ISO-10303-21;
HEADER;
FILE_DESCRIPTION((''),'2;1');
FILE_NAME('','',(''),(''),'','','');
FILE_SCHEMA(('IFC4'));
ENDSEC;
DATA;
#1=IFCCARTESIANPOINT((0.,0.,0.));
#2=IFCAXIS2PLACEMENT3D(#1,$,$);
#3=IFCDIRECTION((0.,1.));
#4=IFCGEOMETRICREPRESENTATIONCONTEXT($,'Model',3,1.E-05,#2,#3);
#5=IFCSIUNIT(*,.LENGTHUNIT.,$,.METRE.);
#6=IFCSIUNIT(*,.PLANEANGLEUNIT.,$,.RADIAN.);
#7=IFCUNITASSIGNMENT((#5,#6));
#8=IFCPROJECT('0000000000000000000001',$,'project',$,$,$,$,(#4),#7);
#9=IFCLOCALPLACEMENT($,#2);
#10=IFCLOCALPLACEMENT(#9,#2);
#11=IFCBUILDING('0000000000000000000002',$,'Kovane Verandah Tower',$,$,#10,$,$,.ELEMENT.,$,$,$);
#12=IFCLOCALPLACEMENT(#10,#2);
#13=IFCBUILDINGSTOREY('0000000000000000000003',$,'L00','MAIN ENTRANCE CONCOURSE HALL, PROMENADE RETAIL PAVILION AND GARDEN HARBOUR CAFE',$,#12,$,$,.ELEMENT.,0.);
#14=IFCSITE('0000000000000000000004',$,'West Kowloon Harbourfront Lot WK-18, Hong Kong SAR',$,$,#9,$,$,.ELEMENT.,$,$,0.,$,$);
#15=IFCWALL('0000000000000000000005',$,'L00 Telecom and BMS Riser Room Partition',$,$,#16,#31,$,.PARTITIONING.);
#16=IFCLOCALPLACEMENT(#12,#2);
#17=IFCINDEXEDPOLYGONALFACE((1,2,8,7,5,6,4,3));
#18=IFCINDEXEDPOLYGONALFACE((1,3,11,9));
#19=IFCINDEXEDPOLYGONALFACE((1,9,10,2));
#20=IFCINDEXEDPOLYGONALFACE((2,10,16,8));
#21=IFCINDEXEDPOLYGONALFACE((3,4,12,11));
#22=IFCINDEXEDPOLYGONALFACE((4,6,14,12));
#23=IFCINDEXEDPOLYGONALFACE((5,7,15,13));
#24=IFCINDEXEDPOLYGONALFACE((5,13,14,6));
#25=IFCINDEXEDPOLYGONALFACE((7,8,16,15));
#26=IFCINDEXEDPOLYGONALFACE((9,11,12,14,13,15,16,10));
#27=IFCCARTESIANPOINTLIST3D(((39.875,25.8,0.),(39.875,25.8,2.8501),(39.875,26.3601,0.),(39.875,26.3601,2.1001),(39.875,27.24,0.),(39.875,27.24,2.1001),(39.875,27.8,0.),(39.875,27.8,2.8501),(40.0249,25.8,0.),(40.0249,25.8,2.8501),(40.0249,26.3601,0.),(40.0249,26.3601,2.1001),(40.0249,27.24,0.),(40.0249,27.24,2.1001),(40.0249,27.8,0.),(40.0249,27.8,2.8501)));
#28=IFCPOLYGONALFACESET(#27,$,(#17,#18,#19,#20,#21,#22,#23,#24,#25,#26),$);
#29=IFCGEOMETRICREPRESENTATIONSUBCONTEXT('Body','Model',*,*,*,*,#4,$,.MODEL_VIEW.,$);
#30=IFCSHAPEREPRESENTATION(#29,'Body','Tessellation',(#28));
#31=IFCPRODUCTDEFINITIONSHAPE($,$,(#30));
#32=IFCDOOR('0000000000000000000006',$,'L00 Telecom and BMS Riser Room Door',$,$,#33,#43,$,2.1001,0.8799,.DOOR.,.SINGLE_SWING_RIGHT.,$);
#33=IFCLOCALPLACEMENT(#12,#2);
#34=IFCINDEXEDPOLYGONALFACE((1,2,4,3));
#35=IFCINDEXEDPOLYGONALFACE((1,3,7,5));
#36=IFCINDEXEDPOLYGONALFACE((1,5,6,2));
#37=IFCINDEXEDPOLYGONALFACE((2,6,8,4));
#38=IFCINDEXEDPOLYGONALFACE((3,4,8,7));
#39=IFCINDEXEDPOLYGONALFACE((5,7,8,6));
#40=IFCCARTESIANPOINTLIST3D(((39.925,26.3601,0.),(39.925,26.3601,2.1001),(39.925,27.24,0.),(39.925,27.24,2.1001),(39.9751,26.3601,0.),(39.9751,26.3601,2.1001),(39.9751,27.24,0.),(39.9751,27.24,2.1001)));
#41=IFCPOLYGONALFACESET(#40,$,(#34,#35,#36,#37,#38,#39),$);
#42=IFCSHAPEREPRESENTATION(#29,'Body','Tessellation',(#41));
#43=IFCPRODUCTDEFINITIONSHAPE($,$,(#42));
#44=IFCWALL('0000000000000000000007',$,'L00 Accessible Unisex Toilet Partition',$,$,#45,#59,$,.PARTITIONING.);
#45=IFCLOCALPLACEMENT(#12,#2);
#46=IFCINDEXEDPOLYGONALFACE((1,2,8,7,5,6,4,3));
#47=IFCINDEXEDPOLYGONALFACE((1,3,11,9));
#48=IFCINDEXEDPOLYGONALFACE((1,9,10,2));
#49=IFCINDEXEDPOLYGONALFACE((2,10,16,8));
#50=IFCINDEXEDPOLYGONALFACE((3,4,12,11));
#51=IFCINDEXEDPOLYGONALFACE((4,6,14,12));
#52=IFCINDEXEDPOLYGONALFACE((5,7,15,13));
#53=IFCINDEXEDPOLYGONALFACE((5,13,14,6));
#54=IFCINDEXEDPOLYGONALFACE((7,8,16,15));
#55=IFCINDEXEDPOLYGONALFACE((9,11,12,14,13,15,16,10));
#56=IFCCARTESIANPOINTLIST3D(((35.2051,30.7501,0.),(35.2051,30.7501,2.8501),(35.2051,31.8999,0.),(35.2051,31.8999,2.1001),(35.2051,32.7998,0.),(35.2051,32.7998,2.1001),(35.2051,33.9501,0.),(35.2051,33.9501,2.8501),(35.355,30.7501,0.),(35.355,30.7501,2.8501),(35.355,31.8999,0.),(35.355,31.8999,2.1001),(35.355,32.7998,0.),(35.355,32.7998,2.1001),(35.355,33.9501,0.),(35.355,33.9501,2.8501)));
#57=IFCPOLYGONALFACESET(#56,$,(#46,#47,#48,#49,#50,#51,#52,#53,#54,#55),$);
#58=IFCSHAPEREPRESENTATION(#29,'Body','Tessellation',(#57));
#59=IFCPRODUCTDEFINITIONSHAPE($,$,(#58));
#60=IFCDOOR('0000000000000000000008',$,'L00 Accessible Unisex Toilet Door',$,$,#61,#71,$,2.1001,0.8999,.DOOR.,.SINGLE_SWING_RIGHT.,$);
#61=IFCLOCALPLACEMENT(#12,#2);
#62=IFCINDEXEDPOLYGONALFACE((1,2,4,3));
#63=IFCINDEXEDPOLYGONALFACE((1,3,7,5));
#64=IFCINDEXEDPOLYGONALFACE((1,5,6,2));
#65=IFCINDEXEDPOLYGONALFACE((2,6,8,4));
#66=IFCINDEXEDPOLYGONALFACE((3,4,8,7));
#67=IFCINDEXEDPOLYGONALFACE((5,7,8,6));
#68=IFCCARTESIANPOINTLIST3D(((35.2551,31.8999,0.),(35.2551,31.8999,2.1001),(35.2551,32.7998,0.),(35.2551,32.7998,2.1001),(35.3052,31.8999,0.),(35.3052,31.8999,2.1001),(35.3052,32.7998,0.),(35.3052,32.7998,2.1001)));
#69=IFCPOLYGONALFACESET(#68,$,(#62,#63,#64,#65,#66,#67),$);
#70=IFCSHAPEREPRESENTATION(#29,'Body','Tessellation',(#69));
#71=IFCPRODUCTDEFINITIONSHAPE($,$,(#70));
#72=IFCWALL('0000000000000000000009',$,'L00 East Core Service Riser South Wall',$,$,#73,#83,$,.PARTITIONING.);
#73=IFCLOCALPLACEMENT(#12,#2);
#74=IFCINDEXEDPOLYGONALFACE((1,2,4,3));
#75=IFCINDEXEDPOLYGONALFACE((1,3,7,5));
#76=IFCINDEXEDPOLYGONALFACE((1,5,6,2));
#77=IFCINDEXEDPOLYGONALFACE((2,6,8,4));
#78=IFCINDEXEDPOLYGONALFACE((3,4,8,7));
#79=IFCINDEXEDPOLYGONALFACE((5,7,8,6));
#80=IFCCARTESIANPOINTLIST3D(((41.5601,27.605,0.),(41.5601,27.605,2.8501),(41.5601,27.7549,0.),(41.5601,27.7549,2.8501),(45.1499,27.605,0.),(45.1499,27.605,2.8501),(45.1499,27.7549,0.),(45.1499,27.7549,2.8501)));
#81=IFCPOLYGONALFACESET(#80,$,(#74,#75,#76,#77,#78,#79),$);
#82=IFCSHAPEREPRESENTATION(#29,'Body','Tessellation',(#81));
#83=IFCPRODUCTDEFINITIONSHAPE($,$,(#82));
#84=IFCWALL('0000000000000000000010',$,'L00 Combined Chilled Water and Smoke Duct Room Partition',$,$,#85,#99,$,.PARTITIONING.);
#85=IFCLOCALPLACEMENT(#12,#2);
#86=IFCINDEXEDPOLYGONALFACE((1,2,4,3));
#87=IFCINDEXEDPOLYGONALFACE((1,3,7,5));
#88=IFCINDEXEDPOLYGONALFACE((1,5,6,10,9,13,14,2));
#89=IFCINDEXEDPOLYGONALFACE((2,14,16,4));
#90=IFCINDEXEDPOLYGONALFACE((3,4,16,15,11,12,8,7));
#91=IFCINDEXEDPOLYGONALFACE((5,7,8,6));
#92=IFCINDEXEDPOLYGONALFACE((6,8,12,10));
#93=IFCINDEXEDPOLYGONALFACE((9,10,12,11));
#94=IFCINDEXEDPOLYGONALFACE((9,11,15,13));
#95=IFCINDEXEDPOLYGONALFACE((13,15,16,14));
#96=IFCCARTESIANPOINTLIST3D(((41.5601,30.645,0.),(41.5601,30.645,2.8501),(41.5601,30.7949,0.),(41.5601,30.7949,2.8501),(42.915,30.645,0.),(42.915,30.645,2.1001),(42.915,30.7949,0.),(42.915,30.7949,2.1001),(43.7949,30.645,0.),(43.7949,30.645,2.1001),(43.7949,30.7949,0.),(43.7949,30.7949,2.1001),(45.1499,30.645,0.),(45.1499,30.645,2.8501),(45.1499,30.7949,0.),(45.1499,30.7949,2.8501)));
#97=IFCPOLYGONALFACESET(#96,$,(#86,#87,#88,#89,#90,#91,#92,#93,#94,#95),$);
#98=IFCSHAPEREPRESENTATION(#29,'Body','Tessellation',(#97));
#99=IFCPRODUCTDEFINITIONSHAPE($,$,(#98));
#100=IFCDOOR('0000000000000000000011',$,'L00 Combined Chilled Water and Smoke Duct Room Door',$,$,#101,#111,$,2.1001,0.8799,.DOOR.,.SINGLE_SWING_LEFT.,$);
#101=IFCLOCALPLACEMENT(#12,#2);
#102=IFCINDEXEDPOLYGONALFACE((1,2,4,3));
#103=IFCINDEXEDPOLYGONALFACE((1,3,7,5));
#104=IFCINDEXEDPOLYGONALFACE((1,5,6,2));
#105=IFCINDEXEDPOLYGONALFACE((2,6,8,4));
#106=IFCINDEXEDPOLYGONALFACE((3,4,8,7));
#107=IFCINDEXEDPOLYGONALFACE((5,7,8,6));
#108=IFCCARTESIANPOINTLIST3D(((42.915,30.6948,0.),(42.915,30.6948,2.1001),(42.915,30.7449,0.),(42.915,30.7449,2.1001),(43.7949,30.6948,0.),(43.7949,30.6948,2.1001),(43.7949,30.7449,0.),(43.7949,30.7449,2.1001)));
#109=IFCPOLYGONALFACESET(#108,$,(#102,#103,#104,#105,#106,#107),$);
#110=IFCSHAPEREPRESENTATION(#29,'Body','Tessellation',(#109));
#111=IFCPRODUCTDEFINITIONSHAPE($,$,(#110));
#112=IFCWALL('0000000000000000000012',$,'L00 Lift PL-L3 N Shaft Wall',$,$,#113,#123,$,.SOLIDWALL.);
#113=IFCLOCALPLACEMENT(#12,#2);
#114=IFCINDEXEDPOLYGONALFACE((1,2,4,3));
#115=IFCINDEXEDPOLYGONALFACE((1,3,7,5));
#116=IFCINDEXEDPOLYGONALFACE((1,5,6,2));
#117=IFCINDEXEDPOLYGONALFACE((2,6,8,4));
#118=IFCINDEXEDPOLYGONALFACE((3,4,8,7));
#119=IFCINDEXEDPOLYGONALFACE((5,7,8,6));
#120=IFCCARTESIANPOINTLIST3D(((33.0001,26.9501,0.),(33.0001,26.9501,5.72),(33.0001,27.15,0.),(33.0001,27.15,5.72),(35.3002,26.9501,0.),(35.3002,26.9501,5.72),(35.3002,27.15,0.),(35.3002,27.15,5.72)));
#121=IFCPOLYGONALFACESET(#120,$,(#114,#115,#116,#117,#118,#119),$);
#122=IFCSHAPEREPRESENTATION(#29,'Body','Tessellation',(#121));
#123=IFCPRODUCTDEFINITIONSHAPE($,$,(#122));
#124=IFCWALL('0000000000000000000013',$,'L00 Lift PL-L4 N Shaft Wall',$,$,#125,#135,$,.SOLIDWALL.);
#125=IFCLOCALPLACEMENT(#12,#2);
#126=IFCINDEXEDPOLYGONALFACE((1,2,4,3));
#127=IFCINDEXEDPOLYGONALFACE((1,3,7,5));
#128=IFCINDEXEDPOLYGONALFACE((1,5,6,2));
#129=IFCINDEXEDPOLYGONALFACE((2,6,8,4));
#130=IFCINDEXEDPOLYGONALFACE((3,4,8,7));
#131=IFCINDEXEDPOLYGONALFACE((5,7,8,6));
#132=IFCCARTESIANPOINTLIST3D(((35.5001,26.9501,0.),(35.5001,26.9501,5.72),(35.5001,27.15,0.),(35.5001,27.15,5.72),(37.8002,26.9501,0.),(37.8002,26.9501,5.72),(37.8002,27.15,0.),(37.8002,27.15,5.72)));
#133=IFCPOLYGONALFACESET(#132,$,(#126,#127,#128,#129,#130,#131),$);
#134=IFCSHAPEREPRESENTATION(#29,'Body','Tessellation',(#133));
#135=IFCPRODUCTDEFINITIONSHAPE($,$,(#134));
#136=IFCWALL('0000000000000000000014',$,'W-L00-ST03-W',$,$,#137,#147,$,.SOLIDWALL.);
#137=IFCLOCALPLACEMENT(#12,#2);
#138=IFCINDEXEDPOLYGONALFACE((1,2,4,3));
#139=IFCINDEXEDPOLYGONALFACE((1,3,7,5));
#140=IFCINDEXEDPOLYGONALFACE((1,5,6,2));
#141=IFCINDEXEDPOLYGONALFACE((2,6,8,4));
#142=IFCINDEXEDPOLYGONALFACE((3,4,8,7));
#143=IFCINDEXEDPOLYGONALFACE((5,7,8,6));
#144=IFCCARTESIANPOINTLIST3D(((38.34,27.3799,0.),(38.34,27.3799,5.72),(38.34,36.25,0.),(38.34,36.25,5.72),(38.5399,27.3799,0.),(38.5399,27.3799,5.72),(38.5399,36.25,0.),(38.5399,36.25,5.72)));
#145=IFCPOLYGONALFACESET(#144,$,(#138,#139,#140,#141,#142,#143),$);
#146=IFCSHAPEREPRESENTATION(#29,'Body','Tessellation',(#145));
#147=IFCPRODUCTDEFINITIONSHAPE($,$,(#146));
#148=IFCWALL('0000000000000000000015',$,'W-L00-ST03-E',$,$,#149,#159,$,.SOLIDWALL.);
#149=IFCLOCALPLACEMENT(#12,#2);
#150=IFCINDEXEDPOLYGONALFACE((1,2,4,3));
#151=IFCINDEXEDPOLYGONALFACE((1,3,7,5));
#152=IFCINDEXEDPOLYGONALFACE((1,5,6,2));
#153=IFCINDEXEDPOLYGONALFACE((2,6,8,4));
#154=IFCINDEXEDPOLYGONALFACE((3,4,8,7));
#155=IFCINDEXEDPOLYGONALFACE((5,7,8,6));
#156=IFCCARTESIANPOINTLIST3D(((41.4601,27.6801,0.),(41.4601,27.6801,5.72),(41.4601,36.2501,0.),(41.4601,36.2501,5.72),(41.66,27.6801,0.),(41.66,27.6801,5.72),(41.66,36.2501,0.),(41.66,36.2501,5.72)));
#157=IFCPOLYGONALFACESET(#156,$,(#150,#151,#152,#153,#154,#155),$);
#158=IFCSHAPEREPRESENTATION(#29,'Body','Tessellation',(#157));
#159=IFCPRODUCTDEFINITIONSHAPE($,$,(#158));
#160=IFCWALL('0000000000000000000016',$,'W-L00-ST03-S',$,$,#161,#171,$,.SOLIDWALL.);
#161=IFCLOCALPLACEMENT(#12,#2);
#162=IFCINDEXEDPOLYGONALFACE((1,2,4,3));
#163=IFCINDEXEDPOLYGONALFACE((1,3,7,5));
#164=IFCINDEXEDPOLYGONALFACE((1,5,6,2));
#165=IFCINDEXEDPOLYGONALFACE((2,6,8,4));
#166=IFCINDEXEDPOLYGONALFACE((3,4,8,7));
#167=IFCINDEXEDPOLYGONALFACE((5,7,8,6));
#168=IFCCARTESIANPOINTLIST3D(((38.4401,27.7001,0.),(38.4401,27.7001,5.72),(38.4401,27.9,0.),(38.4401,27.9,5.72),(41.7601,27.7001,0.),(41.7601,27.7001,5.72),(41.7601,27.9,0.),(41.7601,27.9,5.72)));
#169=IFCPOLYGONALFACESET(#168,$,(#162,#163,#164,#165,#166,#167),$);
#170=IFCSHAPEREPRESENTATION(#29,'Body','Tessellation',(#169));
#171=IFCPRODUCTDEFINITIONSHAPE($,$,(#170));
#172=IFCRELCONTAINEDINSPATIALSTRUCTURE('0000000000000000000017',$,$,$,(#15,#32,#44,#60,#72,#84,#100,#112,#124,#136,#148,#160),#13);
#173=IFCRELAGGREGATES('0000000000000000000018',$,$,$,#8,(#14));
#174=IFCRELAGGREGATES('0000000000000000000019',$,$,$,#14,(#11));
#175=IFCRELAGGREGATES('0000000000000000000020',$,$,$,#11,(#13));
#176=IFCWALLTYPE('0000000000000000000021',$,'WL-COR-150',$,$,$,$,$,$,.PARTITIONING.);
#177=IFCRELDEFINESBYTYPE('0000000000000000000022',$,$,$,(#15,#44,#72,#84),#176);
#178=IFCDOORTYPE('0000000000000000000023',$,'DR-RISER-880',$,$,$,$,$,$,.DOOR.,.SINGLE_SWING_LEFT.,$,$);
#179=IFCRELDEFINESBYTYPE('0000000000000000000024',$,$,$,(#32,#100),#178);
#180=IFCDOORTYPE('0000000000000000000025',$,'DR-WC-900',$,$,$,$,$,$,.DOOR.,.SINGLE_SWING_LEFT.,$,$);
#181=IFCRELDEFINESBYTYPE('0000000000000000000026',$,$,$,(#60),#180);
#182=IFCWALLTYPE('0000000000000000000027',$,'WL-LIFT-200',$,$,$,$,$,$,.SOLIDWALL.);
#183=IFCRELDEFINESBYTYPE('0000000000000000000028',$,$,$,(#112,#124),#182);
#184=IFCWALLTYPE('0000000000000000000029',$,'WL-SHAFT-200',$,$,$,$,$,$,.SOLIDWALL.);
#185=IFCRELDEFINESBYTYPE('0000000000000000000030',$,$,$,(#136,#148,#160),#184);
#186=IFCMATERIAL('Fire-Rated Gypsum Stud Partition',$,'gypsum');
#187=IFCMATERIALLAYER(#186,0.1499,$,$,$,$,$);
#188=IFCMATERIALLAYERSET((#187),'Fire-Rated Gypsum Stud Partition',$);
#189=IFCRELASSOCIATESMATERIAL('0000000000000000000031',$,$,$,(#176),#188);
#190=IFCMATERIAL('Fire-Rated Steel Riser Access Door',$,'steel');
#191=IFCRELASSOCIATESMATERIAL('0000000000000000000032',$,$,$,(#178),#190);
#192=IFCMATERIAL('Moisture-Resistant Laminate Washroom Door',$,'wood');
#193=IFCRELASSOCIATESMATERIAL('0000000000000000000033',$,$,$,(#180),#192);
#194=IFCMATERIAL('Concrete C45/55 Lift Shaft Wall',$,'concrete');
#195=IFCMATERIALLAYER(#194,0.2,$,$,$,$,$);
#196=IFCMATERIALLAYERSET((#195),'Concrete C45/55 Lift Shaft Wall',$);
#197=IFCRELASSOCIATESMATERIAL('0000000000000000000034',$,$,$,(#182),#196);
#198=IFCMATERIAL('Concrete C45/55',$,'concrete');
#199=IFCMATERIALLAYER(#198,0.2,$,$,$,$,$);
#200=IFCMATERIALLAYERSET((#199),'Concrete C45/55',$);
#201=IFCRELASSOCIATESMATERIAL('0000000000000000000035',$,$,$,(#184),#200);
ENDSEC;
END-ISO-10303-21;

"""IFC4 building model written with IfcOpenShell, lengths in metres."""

from ifc_helpers import new_model, si_unit, direction, frame, frame_2d, origin, place, context, subcontext, project, spatial, rectangle, extrude, material, layer, layer_set, type_object, element, fill, save


model = new_model("IFC4")

# Units and contexts
model_context = context("Model", 3, precision=1e-05, world=origin(), true_north=direction((0.0, 1.0)))
body_context = subcontext(model_context, "Body", "Model", "MODEL_VIEW")
ifc_project = project(units=[si_unit("LENGTHUNIT", "METRE"), si_unit("PLANEANGLEUNIT", "RADIAN")], contexts=[model_context])

# Site, building, storey
site_placement = place(None, origin())
site = spatial("IfcSite", under=ifc_project, at=site_placement, Name="West Kowloon Harbourfront Lot WK-18, Hong Kong SAR", CompositionType="ELEMENT", RefElevation=0.0)
building_placement = place(site_placement, origin())
building = spatial("IfcBuilding", under=site, at=building_placement, Name="Kovane Verandah Tower", CompositionType="ELEMENT")
storey_placement = place(building_placement, origin())
storey = spatial("IfcBuildingStorey", under=building, at=storey_placement, Name="L00", Description="MAIN ENTRANCE CONCOURSE HALL, PROMENADE RETAIL PAVILION AND GARDEN HARBOUR CAFE", CompositionType="ELEMENT", Elevation=0.0)

# Walls, openings, doors
ifc_material_1 = material(Name="Fire-Rated Gypsum Stud Partition", Category="gypsum")
ifc_layer_1 = layer(ifc_material_1, 0.1499)
ifc_layer_set_1 = layer_set([ifc_layer_1], Name="Fire-Rated Gypsum Stud Partition")
wall_type_1 = type_object("IfcWallType", Name="WL-COR-150", PredefinedType="PARTITIONING", material=ifc_layer_set_1)
wall_1_placement = place(storey_placement, frame((39.95, 25.8, 0.0), z_axis=(0.0, 0.0, 1.0), x_axis=(0.0, 1.0, 0.0)))
wall_1 = element("IfcWall", 1, at=wall_1_placement, inside=storey, type_object=wall_type_1, Name="L00 Telecom and BMS Riser Room Partition", PredefinedType="PARTITIONING", context=body_context, shape_type="SweptSolid", body=[
    extrude(rectangle(XDim=2.0, YDim=0.1499, at=frame_2d((1.0, 0.0))), origin(), (0.0, 0.0, 1.0), 2.8501),
])
opening_1_placement = place(wall_1_placement, frame((0.5601, 0.0, 0.0)))
opening_1 = element("IfcOpeningElement", 2, at=opening_1_placement, cuts=wall_1, PredefinedType="OPENING", context=body_context, shape_type="SweptSolid", body=[
    extrude(rectangle(XDim=0.8799, YDim=2.1001, at=frame_2d((0.4399, 1.05))), frame((0.0, 0.075, 0.0), z_axis=(0.0, -1.0, 0.0), x_axis=(1.0, 0.0, 0.0)), (0.0, 0.0, 1.0), 0.1499),
])
ifc_material_2 = material(Name="Fire-Rated Steel Riser Access Door", Category="steel")
door_type_1 = type_object("IfcDoorType", Name="DR-RISER-880", OperationType="SINGLE_SWING_LEFT", PredefinedType="DOOR", material=ifc_material_2)
door_1_placement = place(opening_1_placement, origin())
door_1 = element("IfcDoor", 3, at=door_1_placement, inside=storey, type_object=door_type_1, Name="L00 Telecom and BMS Riser Room Door", OperationType="SINGLE_SWING_RIGHT", OverallHeight=2.1001, OverallWidth=0.8799, PredefinedType="DOOR", context=body_context, shape_type="SweptSolid", body=[
    extrude(rectangle(XDim=0.8799, YDim=2.1001, at=frame_2d((0.4399, 1.05))), frame((0.0, 0.0249, 0.0), z_axis=(0.0, -1.0, 0.0), x_axis=(1.0, 0.0, 0.0)), (0.0, 0.0, 1.0), 0.05),
])
fill(opening_1, door_1)
wall_2_placement = place(storey_placement, frame((35.28, 30.75, 0.0), z_axis=(0.0, 0.0, 1.0), x_axis=(0.0, 1.0, 0.0)))
wall_2 = element("IfcWall", 4, at=wall_2_placement, inside=storey, type_object=wall_type_1, Name="L00 Accessible Unisex Toilet Partition", PredefinedType="PARTITIONING", context=body_context, shape_type="SweptSolid", body=[
    extrude(rectangle(XDim=3.2, YDim=0.1499, at=frame_2d((1.6001, 0.0))), origin(), (0.0, 0.0, 1.0), 2.8501),
])
opening_2_placement = place(wall_2_placement, frame((1.1499, 0.0, 0.0)))
opening_2 = element("IfcOpeningElement", 5, at=opening_2_placement, cuts=wall_2, PredefinedType="OPENING", context=body_context, shape_type="SweptSolid", body=[
    extrude(rectangle(XDim=0.8999, YDim=2.1001, at=frame_2d((0.45, 1.05))), frame((0.0, 0.075, 0.0), z_axis=(0.0, -1.0, 0.0), x_axis=(1.0, 0.0, 0.0)), (0.0, 0.0, 1.0), 0.1499),
])
ifc_material_3 = material(Name="Moisture-Resistant Laminate Washroom Door", Category="wood")
door_type_2 = type_object("IfcDoorType", Name="DR-WC-900", OperationType="SINGLE_SWING_LEFT", PredefinedType="DOOR", material=ifc_material_3)
door_2_placement = place(opening_2_placement, origin())
door_2 = element("IfcDoor", 6, at=door_2_placement, inside=storey, type_object=door_type_2, Name="L00 Accessible Unisex Toilet Door", OperationType="SINGLE_SWING_RIGHT", OverallHeight=2.1001, OverallWidth=0.8999, PredefinedType="DOOR", context=body_context, shape_type="SweptSolid", body=[
    extrude(rectangle(XDim=0.8999, YDim=2.1001, at=frame_2d((0.45, 1.05))), frame((0.0, 0.0249, 0.0), z_axis=(0.0, -1.0, 0.0), x_axis=(1.0, 0.0, 0.0)), (0.0, 0.0, 1.0), 0.05),
])
fill(opening_2, door_2)

# Wall
wall_3_placement = place(storey_placement, frame((41.5601, 27.6799, 0.0), z_axis=(0.0, 0.0, 1.0), x_axis=(1.0, 0.0, 0.0)))
element("IfcWall", 7, at=wall_3_placement, inside=storey, type_object=wall_type_1, Name="L00 East Core Service Riser South Wall", PredefinedType="PARTITIONING", context=body_context, shape_type="SweptSolid", body=[
    extrude(rectangle(XDim=3.5898, YDim=0.1499, at=frame_2d((1.7949, 0.0))), origin(), (0.0, 0.0, 1.0), 2.8501),
])

# Wall, opening, door
wall_4_placement = place(storey_placement, frame((41.5601, 30.72, 0.0), z_axis=(0.0, 0.0, 1.0), x_axis=(1.0, 0.0, 0.0)))
wall_4 = element("IfcWall", 8, at=wall_4_placement, inside=storey, type_object=wall_type_1, Name="L00 Combined Chilled Water and Smoke Duct Room Partition", PredefinedType="PARTITIONING", context=body_context, shape_type="SweptSolid", body=[
    extrude(rectangle(XDim=3.5898, YDim=0.1499, at=frame_2d((1.7949, 0.0))), origin(), (0.0, 0.0, 1.0), 2.8501),
])
opening_3_placement = place(wall_4_placement, frame((1.355, 0.0, 0.0)))
opening_3 = element("IfcOpeningElement", 9, at=opening_3_placement, cuts=wall_4, PredefinedType="OPENING", context=body_context, shape_type="SweptSolid", body=[
    extrude(rectangle(XDim=0.8799, YDim=2.1001, at=frame_2d((0.4399, 1.05))), frame((0.0, 0.075, 0.0), z_axis=(0.0, -1.0, 0.0), x_axis=(1.0, 0.0, 0.0)), (0.0, 0.0, 1.0), 0.1499),
])
door_3_placement = place(opening_3_placement, origin())
door_3 = element("IfcDoor", 10, at=door_3_placement, inside=storey, type_object=door_type_1, Name="L00 Combined Chilled Water and Smoke Duct Room Door", OperationType="SINGLE_SWING_LEFT", OverallHeight=2.1001, OverallWidth=0.8799, PredefinedType="DOOR", context=body_context, shape_type="SweptSolid", body=[
    extrude(rectangle(XDim=0.8799, YDim=2.1001, at=frame_2d((0.4399, 1.05))), frame((0.0, 0.0249, 0.0), z_axis=(0.0, -1.0, 0.0), x_axis=(1.0, 0.0, 0.0)), (0.0, 0.0, 1.0), 0.05),
])
fill(opening_3, door_3)

# Walls
ifc_material_4 = material(Name="Concrete C45/55 Lift Shaft Wall", Category="concrete")
ifc_layer_2 = layer(ifc_material_4, 0.2)
ifc_layer_set_2 = layer_set([ifc_layer_2], Name="Concrete C45/55 Lift Shaft Wall")
wall_type_2 = type_object("IfcWallType", Name="WL-LIFT-200", PredefinedType="SOLIDWALL", material=ifc_layer_set_2)
for number, where, z_axis, x_axis, name in (
    (11, (35.3, 27.05, 0.0), (0.0, 0.0, 1.0), (-1.0, 0.0, 0.0), "L00 Lift PL-L3 N Shaft Wall"),
    (12, (37.8, 27.05, 0.0), (0.0, 0.0, 1.0), (-1.0, 0.0, 0.0), "L00 Lift PL-L4 N Shaft Wall"),
):
    element("IfcWall", number, at=place(storey_placement, frame(where, z_axis=z_axis, x_axis=x_axis)), inside=storey, type_object=wall_type_2, Name=name, PredefinedType="SOLIDWALL", context=body_context, shape_type="SweptSolid", body=[
        extrude(rectangle(XDim=2.3, YDim=0.2, at=frame_2d((1.1499, 0.0))), origin(), (0.0, 0.0, 1.0), 5.72),
    ])

# Walls
ifc_material_5 = material(Name="Concrete C45/55", Category="concrete")
ifc_layer_3 = layer(ifc_material_5, 0.2)
ifc_layer_set_3 = layer_set([ifc_layer_3], Name="Concrete C45/55")
wall_type_3 = type_object("IfcWallType", Name="WL-SHAFT-200", PredefinedType="SOLIDWALL", material=ifc_layer_set_3)
wall_5_placement = place(storey_placement, frame((38.4399, 27.3799, 0.0), z_axis=(0.0, 0.0, 1.0), x_axis=(0.0, 1.0, 0.0)))
element("IfcWall", 13, at=wall_5_placement, inside=storey, type_object=wall_type_3, Name="W-L00-ST03-W", PredefinedType="SOLIDWALL", context=body_context, shape_type="SweptSolid", body=[
    extrude(rectangle(XDim=8.8701, YDim=0.2, at=frame_2d((4.4351, 0.0))), origin(), (0.0, 0.0, 1.0), 5.72),
])
wall_6_placement = place(storey_placement, frame((41.5601, 27.6799, 0.0), z_axis=(0.0, 0.0, 1.0), x_axis=(0.0, 1.0, 0.0)))
element("IfcWall", 14, at=wall_6_placement, inside=storey, type_object=wall_type_3, Name="W-L00-ST03-E", PredefinedType="SOLIDWALL", context=body_context, shape_type="SweptSolid", body=[
    extrude(rectangle(XDim=8.5701, YDim=0.2, at=frame_2d((4.2852, 0.0))), origin(), (0.0, 0.0, 1.0), 5.72),
])
wall_7_placement = place(storey_placement, frame((38.4399, 27.8, 0.0), z_axis=(0.0, 0.0, 1.0), x_axis=(1.0, 0.0, 0.0)))
element("IfcWall", 15, at=wall_7_placement, inside=storey, type_object=wall_type_3, Name="W-L00-ST03-S", PredefinedType="SOLIDWALL", context=body_context, shape_type="SweptSolid", body=[
    extrude(rectangle(XDim=3.3201, YDim=0.2, at=frame_2d((1.6602, 0.0))), origin(), (0.0, 0.0, 1.0), 5.72),
])

save(model, "model.ifc")
